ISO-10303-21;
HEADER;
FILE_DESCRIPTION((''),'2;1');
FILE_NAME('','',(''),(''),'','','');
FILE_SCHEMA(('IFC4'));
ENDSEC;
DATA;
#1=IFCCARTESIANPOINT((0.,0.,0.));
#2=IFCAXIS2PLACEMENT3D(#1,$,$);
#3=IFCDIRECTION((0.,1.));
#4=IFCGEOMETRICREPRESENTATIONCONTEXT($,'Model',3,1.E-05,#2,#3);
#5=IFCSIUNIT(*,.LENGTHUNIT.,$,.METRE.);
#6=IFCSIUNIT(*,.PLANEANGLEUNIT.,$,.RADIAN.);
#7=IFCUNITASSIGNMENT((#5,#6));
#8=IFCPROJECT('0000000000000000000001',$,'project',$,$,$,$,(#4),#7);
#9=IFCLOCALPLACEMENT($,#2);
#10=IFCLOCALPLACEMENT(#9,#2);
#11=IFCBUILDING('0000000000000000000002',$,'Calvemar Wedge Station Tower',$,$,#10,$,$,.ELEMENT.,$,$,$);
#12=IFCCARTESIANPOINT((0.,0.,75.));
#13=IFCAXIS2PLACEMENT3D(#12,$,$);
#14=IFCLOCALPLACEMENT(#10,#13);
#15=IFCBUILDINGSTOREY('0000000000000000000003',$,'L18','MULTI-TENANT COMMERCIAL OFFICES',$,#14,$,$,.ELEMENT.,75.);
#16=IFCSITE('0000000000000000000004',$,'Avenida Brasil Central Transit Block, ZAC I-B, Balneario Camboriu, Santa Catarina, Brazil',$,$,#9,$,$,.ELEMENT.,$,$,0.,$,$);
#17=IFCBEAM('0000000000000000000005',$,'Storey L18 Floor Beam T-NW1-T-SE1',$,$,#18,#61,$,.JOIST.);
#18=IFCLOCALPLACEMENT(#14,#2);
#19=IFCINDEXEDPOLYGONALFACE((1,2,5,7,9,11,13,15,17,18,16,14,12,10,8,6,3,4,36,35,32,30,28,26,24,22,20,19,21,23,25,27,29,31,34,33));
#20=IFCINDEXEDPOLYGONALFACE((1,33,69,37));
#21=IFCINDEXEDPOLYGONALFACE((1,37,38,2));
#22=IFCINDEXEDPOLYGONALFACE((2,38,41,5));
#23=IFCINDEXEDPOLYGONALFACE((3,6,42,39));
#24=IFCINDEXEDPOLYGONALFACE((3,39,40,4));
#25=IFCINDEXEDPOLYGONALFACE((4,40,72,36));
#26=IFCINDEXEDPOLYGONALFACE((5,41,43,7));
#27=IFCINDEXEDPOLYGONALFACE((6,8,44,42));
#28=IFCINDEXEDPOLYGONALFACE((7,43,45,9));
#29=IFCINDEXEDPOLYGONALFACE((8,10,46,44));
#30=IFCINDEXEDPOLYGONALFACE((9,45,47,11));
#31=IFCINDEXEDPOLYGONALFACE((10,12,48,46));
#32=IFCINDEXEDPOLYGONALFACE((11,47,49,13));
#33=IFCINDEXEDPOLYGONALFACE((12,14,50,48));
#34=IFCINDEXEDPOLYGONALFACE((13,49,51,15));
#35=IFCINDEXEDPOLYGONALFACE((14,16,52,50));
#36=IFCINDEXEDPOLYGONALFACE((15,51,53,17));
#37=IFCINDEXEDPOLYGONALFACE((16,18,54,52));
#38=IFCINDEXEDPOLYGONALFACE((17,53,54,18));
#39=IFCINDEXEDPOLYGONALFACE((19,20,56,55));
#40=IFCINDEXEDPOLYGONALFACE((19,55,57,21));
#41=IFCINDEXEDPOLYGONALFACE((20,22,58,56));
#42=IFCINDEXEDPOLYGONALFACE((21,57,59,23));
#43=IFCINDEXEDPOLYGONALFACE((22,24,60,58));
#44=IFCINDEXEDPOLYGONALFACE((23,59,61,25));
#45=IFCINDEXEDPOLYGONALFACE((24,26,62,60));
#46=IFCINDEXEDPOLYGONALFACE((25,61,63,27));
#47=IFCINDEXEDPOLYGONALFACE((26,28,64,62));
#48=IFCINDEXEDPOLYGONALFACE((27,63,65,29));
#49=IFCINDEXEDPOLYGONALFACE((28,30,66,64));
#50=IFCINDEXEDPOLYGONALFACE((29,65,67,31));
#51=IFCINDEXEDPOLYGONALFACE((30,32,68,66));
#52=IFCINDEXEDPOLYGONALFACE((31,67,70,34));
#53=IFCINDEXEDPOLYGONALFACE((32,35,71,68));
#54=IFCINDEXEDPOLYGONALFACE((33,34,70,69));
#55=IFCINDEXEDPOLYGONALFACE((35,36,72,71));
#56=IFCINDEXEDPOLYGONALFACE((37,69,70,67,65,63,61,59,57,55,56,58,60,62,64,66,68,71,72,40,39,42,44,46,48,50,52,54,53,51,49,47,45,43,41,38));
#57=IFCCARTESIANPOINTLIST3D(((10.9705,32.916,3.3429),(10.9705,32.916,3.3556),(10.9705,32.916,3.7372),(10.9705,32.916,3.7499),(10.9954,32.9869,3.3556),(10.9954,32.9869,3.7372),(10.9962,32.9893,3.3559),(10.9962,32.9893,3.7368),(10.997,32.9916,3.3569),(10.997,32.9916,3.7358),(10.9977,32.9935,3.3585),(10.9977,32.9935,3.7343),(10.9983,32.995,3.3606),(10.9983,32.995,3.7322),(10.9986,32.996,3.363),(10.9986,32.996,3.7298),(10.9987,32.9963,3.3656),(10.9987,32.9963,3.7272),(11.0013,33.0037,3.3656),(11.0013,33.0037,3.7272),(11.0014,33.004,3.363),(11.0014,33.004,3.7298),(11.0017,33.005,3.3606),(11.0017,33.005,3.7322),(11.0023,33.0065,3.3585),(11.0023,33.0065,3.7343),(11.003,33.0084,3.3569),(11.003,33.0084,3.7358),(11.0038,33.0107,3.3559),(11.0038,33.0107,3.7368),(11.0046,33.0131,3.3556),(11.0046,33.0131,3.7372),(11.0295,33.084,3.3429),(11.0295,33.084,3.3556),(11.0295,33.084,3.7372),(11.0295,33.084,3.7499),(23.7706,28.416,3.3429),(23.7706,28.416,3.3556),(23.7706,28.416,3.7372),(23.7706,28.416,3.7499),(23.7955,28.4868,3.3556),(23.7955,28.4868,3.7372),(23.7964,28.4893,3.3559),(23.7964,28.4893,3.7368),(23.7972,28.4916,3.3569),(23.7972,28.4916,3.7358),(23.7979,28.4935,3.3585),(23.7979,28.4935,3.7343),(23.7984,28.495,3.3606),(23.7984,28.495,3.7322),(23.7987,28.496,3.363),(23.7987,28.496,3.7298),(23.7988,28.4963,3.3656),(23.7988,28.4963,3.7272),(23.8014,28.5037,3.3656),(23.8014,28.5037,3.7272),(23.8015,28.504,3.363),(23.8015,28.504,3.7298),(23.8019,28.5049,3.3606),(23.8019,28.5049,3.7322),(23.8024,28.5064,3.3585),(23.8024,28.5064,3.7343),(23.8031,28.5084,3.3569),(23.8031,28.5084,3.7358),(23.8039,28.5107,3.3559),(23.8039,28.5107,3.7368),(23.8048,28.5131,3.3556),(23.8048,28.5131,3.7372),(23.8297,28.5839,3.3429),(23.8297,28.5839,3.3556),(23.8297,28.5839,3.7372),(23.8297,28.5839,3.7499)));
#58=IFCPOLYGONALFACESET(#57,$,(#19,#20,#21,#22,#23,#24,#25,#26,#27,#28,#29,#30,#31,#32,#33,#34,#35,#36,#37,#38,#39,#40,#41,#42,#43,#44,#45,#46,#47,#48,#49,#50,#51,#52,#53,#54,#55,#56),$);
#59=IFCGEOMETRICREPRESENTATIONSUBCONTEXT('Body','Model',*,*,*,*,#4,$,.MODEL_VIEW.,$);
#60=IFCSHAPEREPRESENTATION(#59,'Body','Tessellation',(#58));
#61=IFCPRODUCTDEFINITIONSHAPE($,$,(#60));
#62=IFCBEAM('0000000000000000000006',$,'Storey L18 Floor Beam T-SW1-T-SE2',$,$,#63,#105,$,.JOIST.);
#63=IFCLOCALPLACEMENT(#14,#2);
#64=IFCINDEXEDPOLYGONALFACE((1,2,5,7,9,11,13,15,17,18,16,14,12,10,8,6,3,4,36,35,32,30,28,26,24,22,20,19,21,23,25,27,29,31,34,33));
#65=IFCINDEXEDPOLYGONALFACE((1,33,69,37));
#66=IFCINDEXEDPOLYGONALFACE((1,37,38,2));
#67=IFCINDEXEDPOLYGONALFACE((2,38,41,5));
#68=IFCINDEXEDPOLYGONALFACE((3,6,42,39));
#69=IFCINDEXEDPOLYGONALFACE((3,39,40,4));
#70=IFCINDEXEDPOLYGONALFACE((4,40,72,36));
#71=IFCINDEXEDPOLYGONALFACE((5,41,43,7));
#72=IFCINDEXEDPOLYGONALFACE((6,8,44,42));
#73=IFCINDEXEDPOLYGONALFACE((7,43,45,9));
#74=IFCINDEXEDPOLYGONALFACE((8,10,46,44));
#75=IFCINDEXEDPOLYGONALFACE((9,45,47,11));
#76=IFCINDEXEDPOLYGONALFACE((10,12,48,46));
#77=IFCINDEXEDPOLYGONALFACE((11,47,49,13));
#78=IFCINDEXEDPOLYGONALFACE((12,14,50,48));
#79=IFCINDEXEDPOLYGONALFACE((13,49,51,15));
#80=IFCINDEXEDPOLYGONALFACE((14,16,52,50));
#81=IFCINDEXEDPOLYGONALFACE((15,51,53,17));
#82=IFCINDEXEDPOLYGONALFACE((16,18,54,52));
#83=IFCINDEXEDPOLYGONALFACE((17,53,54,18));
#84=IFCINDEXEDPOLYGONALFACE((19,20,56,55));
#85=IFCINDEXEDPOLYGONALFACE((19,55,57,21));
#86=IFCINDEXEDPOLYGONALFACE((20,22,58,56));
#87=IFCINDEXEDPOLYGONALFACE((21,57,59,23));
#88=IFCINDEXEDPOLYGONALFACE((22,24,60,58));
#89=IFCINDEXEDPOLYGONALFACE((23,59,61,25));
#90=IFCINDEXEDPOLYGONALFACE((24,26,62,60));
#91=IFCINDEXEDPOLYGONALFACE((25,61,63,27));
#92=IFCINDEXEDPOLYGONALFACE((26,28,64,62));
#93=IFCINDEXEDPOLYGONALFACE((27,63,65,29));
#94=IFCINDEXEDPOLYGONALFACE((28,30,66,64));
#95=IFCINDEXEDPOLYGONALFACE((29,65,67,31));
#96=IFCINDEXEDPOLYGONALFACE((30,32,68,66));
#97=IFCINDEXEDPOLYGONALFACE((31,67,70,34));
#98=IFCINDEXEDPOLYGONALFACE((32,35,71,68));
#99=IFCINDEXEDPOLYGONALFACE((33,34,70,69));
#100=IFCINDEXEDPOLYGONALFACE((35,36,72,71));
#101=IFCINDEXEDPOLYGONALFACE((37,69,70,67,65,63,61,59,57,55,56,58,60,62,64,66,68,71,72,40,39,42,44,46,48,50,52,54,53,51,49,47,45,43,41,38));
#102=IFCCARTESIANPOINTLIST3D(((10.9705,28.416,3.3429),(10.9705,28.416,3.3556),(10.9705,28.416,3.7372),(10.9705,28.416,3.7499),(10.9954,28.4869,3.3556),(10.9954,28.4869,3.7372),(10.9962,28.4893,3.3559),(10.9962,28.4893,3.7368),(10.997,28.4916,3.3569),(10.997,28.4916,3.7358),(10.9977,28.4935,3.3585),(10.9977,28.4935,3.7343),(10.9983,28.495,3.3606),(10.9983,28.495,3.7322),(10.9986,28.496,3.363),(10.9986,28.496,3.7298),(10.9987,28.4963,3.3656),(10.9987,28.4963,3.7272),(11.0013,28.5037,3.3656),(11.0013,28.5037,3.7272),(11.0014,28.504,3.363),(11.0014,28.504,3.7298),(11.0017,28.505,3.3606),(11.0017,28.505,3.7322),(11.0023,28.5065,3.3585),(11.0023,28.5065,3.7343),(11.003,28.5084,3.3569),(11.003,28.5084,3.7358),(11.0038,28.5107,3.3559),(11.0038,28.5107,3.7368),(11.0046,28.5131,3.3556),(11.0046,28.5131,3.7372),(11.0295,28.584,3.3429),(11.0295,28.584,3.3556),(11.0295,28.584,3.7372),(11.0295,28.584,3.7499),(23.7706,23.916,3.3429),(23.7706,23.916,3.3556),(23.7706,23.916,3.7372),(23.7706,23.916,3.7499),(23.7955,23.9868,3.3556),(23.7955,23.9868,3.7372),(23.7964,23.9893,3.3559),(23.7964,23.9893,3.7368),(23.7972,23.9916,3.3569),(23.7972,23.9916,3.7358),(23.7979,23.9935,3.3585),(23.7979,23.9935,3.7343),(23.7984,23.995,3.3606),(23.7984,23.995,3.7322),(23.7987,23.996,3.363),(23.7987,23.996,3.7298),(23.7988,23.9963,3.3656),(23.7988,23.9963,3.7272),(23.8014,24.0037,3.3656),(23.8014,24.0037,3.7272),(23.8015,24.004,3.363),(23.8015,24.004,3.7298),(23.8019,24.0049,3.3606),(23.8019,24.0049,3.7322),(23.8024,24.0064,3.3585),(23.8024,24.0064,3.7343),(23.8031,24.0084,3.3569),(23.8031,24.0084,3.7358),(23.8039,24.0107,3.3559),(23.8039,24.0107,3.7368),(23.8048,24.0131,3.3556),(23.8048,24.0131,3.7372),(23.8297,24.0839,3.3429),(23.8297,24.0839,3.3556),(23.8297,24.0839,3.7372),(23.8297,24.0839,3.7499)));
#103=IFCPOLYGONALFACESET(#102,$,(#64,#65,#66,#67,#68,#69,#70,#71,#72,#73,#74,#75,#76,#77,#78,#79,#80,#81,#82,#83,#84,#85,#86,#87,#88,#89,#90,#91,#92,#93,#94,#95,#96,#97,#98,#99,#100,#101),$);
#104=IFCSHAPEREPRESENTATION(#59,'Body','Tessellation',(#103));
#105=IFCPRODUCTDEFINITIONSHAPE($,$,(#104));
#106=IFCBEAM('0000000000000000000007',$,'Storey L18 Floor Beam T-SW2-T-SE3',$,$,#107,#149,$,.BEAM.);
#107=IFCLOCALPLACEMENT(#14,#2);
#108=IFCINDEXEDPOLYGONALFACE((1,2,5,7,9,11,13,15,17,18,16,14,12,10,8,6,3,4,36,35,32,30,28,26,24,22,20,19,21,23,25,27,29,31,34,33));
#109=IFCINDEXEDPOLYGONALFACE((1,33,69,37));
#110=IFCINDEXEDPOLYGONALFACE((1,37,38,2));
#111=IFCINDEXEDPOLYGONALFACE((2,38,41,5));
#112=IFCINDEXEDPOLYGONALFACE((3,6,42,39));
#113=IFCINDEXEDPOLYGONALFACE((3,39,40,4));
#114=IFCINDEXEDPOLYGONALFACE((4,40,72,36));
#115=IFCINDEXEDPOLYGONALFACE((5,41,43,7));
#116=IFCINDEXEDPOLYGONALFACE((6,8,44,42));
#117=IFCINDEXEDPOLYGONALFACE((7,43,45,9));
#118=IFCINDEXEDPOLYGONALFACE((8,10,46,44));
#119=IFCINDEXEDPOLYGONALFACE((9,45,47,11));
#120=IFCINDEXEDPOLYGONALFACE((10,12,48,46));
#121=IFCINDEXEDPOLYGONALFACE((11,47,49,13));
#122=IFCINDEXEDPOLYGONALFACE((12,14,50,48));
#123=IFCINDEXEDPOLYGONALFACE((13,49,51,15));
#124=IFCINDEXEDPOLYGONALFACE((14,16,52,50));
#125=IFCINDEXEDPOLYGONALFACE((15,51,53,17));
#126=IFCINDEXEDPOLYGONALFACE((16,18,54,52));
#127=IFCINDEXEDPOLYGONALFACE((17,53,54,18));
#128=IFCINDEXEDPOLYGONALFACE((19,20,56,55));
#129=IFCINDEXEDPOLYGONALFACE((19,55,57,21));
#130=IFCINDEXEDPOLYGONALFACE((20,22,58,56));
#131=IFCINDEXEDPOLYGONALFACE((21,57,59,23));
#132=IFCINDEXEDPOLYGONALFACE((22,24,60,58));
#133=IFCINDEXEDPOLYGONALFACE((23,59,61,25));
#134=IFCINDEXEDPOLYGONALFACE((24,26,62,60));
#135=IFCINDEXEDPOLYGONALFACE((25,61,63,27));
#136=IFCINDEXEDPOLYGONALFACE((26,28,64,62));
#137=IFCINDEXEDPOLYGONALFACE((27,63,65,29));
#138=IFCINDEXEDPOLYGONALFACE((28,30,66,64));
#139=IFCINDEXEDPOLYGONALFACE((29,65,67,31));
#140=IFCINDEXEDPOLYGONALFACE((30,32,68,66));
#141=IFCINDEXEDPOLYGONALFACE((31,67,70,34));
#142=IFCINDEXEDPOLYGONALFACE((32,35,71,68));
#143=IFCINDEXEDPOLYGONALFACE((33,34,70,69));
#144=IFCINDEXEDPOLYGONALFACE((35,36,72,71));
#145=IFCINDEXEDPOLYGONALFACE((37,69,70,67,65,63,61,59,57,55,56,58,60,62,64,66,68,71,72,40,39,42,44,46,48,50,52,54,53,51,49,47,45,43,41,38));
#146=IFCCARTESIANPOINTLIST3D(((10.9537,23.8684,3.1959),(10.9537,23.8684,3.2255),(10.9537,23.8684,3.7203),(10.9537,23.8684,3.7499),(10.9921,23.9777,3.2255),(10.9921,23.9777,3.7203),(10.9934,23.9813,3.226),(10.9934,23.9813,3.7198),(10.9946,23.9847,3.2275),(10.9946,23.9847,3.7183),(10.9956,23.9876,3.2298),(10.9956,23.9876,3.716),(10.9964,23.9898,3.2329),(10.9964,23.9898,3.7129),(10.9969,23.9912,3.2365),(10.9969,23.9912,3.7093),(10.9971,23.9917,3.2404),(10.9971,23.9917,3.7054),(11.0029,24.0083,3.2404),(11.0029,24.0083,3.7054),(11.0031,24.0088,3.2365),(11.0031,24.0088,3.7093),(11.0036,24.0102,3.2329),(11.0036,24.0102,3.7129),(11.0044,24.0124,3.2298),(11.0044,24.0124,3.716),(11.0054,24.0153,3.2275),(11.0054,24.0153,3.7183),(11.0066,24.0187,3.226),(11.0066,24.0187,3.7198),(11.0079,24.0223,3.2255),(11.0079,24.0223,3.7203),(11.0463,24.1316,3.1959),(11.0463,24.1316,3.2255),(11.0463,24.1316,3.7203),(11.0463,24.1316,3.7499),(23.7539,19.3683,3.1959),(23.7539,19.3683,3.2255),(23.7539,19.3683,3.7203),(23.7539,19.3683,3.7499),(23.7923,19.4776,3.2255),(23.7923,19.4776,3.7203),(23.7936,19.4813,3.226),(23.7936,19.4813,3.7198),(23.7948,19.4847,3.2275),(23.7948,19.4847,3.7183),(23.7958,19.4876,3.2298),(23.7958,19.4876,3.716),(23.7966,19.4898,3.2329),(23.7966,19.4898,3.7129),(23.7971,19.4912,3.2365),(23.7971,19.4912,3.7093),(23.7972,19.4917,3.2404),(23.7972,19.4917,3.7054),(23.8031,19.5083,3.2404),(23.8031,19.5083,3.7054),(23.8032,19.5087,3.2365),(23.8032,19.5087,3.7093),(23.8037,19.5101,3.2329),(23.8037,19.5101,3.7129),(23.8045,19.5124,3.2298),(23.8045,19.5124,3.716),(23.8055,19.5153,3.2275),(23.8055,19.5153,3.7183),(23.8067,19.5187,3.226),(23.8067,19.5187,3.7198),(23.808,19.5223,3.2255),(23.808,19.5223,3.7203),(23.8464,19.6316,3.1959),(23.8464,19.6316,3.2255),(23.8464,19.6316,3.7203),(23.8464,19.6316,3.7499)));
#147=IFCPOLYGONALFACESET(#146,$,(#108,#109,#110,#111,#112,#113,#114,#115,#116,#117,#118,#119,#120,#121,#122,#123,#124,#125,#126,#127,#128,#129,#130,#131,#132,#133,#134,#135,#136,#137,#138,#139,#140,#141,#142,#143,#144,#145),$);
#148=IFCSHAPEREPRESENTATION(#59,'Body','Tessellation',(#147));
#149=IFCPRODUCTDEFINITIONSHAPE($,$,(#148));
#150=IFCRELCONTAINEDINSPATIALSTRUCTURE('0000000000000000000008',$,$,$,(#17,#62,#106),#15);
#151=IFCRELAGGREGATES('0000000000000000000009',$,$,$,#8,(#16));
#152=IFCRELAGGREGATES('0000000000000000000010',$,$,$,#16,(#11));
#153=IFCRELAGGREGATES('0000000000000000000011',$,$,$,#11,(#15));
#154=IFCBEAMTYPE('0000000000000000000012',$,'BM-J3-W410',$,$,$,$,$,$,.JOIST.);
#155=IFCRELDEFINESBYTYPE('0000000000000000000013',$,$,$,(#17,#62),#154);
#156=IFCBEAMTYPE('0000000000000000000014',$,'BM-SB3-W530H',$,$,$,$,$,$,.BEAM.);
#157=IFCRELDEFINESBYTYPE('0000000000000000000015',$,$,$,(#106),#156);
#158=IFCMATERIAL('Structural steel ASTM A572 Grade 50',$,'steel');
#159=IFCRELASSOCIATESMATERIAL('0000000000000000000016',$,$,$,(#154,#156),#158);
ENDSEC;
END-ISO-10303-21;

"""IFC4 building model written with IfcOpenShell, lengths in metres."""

from ifc_helpers import new_model, si_unit, direction, frame, origin, origin_2d, place, context, subcontext, project, spatial, i_section, extrude, source, transform, mapped, material, material_profile, profile_set, type_object, element, save


model = new_model("IFC4")

# Units and contexts
model_context = context("Model", 3, precision=1e-05, world=origin(), true_north=direction((0.0, 1.0)))
body_context = subcontext(model_context, "Body", "Model", "MODEL_VIEW")
ifc_project = project(units=[si_unit("LENGTHUNIT", "METRE"), si_unit("PLANEANGLEUNIT", "RADIAN")], contexts=[model_context])

# Site, building, storey
site_placement = place(None, origin())
site = spatial("IfcSite", under=ifc_project, at=site_placement, Name="Avenida Brasil Central Transit Block, ZAC I-B, Balneario Camboriu, Santa Catarina, Brazil", CompositionType="ELEMENT", RefElevation=0.0)
building_placement = place(site_placement, origin())
building = spatial("IfcBuilding", under=site, at=building_placement, Name="Calvemar Wedge Station Tower", CompositionType="ELEMENT")
storey_placement = place(building_placement, frame((0.0, 0.0, 75.0)))
storey = spatial("IfcBuildingStorey", under=building, at=storey_placement, Name="L18", Description="MULTI-TENANT COMMERCIAL OFFICES", CompositionType="ELEMENT", Elevation=75.0)

# Beams
ifc_material_1 = material(Name="Structural steel ASTM A572 Grade 50", Category="steel")
ifc_material_profile_1 = material_profile(ifc_material_1, i_section(OverallWidth=0.178, OverallDepth=0.407, WebThickness=0.0078, FlangeThickness=0.0127, FilletRadius=0.01, at=origin_2d()), Name="W410x60")
ifc_profile_set_1 = profile_set([ifc_material_profile_1], Name="Structural steel ASTM A572 Grade 50")
beam_type_1 = type_object("IfcBeamType", Name="BM-J3-W410", PredefinedType="JOIST", material=ifc_profile_set_1)
shared_shape_1 = source(origin(), body_context, "Body", "SweptSolid", [
    extrude(i_section(OverallWidth=0.178, OverallDepth=0.407, WebThickness=0.0078, FlangeThickness=0.0127, FilletRadius=0.01, at=origin_2d()), origin(), (0.0, 0.0, 1.0), 13.5681),
])
for number, where, z_axis, x_axis, name in (
    (1, (11.0, 33.0, 3.5464), (0.943398, -0.331662, 0.0), (0.331662, 0.943398, 0.0), "Storey L18 Floor Beam T-NW1-T-SE1"),
    (2, (11.0, 28.5, 3.5464), (0.943398, -0.331662, 0.0), (0.331662, 0.943398, 0.0), "Storey L18 Floor Beam T-SW1-T-SE2"),
):
    element("IfcBeam", number, at=place(storey_placement, frame(where, z_axis=z_axis, x_axis=x_axis)), inside=storey, type_object=beam_type_1, Name=name, PredefinedType="JOIST", context=body_context, shape_type="MappedRepresentation", body=[
        mapped(shared_shape_1, transform((0.0, 0.0, 0.0), scale=1.0)),
    ])
ifc_material_profile_2 = material_profile(ifc_material_1, i_section(OverallWidth=0.2791, OverallDepth=0.554, WebThickness=0.0176, FlangeThickness=0.0295, FilletRadius=0.0149, at=origin_2d()), Name="W530x196")
ifc_profile_set_2 = profile_set([ifc_material_profile_2], Name="Structural steel ASTM A572 Grade 50")
beam_type_2 = type_object("IfcBeamType", Name="BM-SB3-W530H", PredefinedType="BEAM", material=ifc_profile_set_2)
shared_shape_2 = source(origin(), body_context, "Body", "SweptSolid", [
    extrude(i_section(OverallWidth=0.2791, OverallDepth=0.554, WebThickness=0.0176, FlangeThickness=0.0295, FilletRadius=0.0149, at=origin_2d()), origin(), (0.0, 0.0, 1.0), 13.5681),
])
beam_1_placement = place(storey_placement, frame((11.0, 24.0, 3.4729), z_axis=(0.943398, -0.331662, 0.0), x_axis=(0.331662, 0.943398, 0.0)))
element("IfcBeam", 3, at=beam_1_placement, inside=storey, type_object=beam_type_2, Name="Storey L18 Floor Beam T-SW2-T-SE3", PredefinedType="BEAM", context=body_context, shape_type="MappedRepresentation", body=[
    mapped(shared_shape_2, transform((0.0, 0.0, 0.0), scale=1.0)),
])

save(model, "model.ifc")
